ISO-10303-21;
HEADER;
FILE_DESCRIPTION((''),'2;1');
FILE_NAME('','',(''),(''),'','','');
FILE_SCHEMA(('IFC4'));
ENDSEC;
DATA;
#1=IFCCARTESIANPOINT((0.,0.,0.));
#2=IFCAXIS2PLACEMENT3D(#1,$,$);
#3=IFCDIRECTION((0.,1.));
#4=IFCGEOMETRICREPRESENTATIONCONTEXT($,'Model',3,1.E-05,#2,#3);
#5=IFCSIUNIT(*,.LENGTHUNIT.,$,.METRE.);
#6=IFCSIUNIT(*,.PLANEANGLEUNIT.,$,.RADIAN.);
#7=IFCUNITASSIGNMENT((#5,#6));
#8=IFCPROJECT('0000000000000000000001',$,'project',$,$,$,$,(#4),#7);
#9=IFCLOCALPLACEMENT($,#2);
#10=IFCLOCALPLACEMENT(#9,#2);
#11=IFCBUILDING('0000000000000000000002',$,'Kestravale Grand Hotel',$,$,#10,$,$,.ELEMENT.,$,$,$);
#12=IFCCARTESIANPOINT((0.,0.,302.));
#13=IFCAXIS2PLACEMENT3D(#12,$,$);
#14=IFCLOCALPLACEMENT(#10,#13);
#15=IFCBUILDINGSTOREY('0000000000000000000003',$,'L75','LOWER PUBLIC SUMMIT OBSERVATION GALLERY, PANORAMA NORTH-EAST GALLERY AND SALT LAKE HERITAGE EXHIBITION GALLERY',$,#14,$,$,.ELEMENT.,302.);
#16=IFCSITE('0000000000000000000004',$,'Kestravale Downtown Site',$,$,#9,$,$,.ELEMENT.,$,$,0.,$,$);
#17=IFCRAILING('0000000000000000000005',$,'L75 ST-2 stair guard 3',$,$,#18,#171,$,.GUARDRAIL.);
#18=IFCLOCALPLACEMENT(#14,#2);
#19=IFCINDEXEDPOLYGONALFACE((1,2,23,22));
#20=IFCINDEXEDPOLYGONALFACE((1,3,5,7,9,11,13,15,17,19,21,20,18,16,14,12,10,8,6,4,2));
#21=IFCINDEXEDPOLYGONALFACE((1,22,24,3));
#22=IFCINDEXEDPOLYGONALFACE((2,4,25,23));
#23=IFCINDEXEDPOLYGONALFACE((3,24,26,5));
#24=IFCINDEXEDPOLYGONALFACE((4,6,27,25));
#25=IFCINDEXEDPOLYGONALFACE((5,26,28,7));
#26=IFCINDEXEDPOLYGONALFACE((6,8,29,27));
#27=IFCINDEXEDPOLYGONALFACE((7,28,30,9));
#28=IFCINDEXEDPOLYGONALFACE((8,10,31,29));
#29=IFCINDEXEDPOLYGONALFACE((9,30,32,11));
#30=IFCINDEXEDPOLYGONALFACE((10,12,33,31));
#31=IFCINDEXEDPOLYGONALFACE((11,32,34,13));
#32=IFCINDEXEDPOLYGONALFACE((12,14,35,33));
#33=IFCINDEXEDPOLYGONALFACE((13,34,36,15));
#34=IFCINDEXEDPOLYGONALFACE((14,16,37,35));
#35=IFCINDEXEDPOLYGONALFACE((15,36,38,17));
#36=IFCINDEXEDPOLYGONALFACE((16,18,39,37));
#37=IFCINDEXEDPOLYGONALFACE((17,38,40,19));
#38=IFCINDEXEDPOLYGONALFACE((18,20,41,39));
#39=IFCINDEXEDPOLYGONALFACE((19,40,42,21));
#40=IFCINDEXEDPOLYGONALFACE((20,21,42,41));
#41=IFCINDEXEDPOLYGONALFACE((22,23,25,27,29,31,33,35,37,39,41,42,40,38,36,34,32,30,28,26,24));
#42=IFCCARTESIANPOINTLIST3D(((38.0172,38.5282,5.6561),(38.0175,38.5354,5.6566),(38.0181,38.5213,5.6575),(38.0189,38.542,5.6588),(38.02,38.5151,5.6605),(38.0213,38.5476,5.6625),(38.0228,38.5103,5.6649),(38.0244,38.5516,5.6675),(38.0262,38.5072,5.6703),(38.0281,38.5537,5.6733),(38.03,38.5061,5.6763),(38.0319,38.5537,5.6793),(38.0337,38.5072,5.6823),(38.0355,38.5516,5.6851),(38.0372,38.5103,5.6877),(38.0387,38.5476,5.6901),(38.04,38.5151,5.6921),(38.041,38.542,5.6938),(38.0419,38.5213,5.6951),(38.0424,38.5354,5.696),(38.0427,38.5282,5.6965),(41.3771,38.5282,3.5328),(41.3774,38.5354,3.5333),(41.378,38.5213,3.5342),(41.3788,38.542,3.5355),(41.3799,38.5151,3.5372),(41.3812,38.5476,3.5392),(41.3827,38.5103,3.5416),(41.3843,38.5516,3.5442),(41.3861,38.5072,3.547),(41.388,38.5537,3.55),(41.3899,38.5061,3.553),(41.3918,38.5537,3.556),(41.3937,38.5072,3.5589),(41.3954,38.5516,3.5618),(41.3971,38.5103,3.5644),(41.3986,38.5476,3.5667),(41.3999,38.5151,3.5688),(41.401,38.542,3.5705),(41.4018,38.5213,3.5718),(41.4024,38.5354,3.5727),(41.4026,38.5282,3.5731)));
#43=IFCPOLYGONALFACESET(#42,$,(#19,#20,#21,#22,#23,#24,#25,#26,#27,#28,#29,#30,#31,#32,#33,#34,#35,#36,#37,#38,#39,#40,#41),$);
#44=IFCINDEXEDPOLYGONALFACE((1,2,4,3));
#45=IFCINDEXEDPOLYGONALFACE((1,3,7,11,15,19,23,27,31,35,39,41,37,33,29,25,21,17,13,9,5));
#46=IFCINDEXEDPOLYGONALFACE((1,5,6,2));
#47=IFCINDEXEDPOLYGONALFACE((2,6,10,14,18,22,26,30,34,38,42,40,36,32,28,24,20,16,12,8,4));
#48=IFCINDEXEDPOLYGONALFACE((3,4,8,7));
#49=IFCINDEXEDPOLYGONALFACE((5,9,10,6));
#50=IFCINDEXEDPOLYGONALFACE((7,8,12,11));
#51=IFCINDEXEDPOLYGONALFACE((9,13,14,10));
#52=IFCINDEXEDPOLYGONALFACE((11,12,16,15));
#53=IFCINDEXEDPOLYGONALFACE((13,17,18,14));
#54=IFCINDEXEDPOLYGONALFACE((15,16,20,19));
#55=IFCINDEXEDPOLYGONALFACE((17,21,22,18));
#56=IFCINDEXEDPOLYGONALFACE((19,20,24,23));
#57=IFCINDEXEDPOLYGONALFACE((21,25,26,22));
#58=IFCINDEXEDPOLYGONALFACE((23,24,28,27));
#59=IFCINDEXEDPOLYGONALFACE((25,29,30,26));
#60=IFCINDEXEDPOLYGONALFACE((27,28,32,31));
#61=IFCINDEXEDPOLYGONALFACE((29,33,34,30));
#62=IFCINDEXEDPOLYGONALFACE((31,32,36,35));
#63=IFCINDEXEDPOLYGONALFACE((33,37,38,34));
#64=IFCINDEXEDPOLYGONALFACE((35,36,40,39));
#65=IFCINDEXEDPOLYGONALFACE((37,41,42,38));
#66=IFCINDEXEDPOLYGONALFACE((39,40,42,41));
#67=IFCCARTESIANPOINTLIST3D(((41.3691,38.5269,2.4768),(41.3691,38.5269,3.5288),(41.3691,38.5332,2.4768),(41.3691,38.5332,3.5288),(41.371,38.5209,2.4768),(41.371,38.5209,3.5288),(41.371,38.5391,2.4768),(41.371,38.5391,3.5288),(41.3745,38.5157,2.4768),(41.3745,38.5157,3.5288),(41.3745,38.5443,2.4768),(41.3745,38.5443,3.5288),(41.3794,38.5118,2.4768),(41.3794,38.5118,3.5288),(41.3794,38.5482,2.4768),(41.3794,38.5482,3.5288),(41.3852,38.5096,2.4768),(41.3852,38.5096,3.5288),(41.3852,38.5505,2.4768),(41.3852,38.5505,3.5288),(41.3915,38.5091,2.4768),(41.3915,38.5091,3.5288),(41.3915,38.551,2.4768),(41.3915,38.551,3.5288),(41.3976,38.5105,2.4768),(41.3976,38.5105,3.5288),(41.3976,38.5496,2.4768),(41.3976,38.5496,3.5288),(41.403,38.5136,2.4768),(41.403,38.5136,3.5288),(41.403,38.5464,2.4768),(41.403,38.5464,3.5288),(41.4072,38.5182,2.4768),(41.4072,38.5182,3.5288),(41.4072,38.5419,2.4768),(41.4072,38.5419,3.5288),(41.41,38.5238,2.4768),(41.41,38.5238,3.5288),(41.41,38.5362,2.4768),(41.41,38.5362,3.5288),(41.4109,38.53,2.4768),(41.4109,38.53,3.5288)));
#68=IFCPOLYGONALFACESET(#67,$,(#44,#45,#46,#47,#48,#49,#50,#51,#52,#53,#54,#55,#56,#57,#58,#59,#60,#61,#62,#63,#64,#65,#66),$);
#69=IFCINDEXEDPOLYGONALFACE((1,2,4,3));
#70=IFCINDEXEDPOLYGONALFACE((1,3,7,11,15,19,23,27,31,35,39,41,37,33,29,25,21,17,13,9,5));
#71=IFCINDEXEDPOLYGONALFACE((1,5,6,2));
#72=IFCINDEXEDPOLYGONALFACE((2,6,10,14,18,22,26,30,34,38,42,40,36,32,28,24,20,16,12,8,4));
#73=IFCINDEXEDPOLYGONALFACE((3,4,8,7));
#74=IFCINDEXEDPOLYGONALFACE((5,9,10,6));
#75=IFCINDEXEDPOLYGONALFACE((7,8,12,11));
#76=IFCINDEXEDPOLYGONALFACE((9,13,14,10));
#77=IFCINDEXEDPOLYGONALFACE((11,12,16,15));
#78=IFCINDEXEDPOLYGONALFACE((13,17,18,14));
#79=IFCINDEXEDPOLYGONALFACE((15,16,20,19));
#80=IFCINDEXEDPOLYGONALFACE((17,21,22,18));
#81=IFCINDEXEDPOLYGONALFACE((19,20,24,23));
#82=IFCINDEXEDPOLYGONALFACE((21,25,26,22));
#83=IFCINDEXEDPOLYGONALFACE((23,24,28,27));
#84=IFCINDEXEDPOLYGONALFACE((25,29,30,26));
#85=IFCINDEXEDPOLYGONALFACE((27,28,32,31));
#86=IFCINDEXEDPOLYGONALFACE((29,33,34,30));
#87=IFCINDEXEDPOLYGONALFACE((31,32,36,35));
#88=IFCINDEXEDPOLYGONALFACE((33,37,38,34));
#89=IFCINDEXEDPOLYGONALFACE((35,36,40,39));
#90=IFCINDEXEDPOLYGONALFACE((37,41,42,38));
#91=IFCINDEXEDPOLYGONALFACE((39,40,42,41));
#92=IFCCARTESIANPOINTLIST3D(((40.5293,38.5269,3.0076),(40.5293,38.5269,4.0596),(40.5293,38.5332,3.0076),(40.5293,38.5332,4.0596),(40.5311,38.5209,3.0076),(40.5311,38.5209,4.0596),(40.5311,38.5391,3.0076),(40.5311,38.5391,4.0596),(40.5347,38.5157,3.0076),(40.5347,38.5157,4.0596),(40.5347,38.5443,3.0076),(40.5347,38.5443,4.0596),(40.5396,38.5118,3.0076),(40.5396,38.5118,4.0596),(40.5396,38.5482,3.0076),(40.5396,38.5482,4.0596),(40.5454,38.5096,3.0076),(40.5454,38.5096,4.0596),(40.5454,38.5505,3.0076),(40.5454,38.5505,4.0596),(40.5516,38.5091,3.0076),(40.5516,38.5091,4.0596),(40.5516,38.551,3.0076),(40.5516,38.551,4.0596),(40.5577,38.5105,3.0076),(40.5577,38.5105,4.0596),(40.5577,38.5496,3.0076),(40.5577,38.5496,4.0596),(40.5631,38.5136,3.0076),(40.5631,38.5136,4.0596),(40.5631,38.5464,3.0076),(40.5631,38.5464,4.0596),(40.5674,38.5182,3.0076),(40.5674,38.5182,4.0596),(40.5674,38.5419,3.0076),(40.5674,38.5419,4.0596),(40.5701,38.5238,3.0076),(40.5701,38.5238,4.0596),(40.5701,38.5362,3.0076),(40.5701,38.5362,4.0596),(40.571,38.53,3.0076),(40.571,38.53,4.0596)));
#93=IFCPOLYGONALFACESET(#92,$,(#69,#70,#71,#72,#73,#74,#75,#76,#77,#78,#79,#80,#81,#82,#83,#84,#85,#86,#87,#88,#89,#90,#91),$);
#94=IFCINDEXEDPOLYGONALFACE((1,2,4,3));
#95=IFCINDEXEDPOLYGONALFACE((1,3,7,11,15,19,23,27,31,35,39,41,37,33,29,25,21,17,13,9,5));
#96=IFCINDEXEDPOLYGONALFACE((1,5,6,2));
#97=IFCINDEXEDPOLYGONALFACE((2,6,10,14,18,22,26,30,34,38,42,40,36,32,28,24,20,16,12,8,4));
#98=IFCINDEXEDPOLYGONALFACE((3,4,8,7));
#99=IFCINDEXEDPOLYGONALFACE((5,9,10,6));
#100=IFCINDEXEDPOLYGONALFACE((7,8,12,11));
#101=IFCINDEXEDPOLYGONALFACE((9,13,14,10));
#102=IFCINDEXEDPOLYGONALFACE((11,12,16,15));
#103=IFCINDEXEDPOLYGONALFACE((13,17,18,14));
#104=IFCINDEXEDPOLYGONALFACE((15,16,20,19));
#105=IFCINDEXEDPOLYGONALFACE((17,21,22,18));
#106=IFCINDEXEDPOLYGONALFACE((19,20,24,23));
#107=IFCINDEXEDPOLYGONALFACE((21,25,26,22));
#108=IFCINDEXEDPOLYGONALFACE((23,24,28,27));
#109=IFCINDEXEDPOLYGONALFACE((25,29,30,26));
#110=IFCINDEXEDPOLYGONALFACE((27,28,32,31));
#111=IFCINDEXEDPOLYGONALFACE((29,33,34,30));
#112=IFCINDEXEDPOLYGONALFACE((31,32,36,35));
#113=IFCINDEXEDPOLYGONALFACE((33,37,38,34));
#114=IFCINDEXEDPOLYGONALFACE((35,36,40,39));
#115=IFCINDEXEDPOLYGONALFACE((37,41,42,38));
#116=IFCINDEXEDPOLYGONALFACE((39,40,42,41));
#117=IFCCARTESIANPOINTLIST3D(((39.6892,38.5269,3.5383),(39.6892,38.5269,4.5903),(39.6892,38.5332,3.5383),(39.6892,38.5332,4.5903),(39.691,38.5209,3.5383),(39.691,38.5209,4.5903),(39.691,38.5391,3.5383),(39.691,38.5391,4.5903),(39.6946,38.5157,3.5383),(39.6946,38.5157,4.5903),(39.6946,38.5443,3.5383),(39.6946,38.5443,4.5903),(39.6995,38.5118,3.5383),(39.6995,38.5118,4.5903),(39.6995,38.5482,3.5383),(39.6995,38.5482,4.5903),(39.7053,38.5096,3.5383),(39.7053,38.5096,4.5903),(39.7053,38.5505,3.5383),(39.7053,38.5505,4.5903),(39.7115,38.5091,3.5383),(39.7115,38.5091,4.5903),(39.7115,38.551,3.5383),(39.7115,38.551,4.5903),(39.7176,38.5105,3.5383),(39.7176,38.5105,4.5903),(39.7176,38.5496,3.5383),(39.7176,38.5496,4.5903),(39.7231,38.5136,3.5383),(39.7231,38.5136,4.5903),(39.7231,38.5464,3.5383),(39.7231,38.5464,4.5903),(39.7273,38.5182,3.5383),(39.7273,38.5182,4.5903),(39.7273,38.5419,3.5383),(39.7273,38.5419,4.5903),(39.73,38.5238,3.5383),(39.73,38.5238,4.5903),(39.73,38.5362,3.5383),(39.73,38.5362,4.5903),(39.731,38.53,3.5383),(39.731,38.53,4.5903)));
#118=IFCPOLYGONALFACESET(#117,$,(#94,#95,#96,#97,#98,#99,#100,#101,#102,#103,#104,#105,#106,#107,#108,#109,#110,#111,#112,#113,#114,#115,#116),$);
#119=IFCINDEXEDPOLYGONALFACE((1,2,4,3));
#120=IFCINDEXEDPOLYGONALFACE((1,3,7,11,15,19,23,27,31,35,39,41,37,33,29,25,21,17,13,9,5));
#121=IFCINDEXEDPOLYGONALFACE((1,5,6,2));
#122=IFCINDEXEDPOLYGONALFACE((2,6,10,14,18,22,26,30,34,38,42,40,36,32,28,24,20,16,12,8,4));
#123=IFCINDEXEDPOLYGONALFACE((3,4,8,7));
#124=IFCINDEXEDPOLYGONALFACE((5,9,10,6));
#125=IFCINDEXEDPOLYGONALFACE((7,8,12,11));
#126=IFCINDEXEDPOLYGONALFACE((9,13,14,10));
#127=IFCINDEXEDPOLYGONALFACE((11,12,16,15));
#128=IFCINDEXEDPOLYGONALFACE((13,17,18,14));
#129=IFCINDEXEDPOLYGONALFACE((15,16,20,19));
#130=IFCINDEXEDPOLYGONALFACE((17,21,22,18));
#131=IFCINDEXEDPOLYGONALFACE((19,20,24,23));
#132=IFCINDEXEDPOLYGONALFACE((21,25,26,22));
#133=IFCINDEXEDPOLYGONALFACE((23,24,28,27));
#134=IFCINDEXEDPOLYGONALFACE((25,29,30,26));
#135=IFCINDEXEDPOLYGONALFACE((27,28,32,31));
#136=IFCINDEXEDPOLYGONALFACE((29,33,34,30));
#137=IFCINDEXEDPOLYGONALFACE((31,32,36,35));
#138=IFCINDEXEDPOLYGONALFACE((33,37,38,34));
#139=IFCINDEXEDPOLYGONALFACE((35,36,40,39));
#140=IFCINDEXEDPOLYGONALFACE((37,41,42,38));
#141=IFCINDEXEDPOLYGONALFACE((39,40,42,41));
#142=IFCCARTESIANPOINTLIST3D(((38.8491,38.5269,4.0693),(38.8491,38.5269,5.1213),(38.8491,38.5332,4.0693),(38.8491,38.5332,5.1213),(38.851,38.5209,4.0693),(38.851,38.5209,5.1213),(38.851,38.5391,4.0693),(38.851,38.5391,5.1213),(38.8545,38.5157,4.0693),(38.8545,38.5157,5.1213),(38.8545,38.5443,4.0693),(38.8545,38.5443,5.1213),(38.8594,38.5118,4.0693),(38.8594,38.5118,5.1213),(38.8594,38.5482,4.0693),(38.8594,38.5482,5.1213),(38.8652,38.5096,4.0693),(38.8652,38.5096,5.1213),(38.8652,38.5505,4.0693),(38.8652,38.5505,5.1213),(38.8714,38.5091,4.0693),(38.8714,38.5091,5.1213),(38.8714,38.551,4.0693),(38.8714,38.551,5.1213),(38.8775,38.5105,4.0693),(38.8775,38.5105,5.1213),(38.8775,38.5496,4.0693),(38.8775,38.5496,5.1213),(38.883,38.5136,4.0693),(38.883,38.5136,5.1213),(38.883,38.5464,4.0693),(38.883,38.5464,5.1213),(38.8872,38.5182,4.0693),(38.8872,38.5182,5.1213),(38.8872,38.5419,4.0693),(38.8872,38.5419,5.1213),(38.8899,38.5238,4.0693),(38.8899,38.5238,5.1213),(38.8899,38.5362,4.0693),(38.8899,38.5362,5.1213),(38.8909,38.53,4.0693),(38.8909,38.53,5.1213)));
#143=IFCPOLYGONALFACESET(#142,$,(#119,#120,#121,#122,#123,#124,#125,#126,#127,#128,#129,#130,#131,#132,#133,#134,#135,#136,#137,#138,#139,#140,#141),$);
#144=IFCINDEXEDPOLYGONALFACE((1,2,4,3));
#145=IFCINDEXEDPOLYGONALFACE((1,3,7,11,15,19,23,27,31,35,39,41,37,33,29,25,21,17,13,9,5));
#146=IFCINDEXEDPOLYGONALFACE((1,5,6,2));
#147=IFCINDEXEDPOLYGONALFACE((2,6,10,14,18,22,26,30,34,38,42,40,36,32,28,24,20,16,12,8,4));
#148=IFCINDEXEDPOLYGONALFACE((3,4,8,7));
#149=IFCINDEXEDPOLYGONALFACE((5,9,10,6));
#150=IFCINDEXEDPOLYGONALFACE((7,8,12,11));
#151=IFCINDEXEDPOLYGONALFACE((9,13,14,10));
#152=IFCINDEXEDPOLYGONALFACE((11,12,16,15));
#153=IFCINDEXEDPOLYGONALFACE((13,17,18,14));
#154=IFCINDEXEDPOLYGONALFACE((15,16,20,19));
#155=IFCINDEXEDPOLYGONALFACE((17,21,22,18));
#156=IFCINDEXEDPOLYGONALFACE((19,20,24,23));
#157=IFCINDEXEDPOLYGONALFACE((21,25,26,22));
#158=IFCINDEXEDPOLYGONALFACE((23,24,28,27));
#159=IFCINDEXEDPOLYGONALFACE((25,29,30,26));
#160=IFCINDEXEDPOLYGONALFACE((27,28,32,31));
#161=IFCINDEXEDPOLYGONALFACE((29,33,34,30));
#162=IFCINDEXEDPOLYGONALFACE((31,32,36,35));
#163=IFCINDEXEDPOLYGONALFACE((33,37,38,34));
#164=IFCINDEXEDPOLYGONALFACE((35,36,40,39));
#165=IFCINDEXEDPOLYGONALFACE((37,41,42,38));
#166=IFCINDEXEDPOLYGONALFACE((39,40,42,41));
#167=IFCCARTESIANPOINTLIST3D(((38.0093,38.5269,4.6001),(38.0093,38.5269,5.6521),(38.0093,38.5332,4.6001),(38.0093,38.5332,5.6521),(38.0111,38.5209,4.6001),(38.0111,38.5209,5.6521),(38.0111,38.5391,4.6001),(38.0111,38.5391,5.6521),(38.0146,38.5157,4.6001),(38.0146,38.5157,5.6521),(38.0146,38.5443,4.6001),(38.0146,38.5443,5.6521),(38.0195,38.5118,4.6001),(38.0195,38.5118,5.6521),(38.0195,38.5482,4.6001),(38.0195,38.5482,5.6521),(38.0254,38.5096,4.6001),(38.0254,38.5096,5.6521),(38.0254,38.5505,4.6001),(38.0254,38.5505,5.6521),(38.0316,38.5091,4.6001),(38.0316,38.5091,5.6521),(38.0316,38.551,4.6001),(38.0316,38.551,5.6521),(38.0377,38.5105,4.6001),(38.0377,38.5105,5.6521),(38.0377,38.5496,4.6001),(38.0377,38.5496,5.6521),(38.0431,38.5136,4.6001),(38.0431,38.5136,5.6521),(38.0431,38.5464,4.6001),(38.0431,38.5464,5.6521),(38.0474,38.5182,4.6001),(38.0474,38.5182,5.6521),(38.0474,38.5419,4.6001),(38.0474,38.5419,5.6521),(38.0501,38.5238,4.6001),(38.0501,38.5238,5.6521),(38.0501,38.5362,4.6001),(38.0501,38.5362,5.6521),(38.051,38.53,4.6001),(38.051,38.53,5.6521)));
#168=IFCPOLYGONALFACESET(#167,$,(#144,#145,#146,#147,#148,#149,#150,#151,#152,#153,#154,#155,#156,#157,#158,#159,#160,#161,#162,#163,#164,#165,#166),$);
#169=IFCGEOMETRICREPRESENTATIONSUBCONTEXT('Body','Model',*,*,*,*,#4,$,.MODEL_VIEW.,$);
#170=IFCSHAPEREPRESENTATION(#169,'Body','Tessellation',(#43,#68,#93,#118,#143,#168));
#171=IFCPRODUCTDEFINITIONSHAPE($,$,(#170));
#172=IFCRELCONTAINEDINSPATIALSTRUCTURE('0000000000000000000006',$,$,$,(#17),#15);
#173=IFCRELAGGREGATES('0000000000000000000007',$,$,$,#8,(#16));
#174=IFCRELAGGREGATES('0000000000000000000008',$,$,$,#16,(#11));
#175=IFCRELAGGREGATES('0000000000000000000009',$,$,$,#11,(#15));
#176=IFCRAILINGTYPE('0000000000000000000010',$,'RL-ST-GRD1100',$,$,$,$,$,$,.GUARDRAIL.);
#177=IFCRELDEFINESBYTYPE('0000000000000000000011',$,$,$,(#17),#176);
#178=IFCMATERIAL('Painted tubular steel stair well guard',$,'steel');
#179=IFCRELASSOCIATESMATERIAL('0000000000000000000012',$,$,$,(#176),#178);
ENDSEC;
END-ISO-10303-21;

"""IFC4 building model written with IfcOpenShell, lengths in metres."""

from ifc_helpers import new_model, si_unit, direction, frame, origin, origin_2d, place, context, subcontext, project, spatial, circle, extrude, material, type_object, element, save


model = new_model("IFC4")

# Units and contexts
model_context = context("Model", 3, precision=1e-05, world=origin(), true_north=direction((0.0, 1.0)))
body_context = subcontext(model_context, "Body", "Model", "MODEL_VIEW")
ifc_project = project(units=[si_unit("LENGTHUNIT", "METRE"), si_unit("PLANEANGLEUNIT", "RADIAN")], contexts=[model_context])

# Site, building, storey
site_placement = place(None, origin())
site = spatial("IfcSite", under=ifc_project, at=site_placement, Name="Kestravale Downtown Site", CompositionType="ELEMENT", RefElevation=0.0)
building_placement = place(site_placement, origin())
building = spatial("IfcBuilding", under=site, at=building_placement, Name="Kestravale Grand Hotel", CompositionType="ELEMENT")
storey_placement = place(building_placement, frame((0.0, 0.0, 302.0)))
storey = spatial("IfcBuildingStorey", under=building, at=storey_placement, Name="L75", Description="LOWER PUBLIC SUMMIT OBSERVATION GALLERY, PANORAMA NORTH-EAST GALLERY AND SALT LAKE HERITAGE EXHIBITION GALLERY", CompositionType="ELEMENT", Elevation=302.0)

# Railing
ifc_material_1 = material(Name="Painted tubular steel stair well guard", Category="steel")
railing_type_1 = type_object("IfcRailingType", Name="RL-ST-GRD1100", PredefinedType="GUARDRAIL", material=ifc_material_1)
railing_1_placement = place(storey_placement, frame((41.3899, 38.53, 2.4768)))
element("IfcRailing", 1, at=railing_1_placement, inside=storey, type_object=railing_type_1, Name="L75 ST-2 stair guard 3", PredefinedType="GUARDRAIL", context=body_context, shape_type="SweptSolid", body=[
    extrude(circle(Radius=0.0239, at=origin_2d()), frame((0.0, 0.0, 1.0762), z_axis=(-0.845344, 0.0, 0.534222), x_axis=(0.0, -1.0, 0.0)), (0.0, 0.0, 1.0), 3.9746),
    extrude(circle(Radius=0.021, at=origin_2d()), origin(), (0.0, 0.0, 1.0), 1.052),
    extrude(circle(Radius=0.021, at=origin_2d()), frame((-0.8398, 0.0, 0.5308)), (0.0, 0.0, 1.0), 1.052),
    extrude(circle(Radius=0.021, at=origin_2d()), frame((-1.6799, 0.0, 1.0615)), (0.0, 0.0, 1.0), 1.052),
    extrude(circle(Radius=0.021, at=origin_2d()), frame((-2.52, 0.0, 1.5925)), (0.0, 0.0, 1.0), 1.052),
    extrude(circle(Radius=0.021, at=origin_2d()), frame((-3.3599, 0.0, 2.1233)), (0.0, 0.0, 1.0), 1.052),
])

save(model, "model.ifc")
